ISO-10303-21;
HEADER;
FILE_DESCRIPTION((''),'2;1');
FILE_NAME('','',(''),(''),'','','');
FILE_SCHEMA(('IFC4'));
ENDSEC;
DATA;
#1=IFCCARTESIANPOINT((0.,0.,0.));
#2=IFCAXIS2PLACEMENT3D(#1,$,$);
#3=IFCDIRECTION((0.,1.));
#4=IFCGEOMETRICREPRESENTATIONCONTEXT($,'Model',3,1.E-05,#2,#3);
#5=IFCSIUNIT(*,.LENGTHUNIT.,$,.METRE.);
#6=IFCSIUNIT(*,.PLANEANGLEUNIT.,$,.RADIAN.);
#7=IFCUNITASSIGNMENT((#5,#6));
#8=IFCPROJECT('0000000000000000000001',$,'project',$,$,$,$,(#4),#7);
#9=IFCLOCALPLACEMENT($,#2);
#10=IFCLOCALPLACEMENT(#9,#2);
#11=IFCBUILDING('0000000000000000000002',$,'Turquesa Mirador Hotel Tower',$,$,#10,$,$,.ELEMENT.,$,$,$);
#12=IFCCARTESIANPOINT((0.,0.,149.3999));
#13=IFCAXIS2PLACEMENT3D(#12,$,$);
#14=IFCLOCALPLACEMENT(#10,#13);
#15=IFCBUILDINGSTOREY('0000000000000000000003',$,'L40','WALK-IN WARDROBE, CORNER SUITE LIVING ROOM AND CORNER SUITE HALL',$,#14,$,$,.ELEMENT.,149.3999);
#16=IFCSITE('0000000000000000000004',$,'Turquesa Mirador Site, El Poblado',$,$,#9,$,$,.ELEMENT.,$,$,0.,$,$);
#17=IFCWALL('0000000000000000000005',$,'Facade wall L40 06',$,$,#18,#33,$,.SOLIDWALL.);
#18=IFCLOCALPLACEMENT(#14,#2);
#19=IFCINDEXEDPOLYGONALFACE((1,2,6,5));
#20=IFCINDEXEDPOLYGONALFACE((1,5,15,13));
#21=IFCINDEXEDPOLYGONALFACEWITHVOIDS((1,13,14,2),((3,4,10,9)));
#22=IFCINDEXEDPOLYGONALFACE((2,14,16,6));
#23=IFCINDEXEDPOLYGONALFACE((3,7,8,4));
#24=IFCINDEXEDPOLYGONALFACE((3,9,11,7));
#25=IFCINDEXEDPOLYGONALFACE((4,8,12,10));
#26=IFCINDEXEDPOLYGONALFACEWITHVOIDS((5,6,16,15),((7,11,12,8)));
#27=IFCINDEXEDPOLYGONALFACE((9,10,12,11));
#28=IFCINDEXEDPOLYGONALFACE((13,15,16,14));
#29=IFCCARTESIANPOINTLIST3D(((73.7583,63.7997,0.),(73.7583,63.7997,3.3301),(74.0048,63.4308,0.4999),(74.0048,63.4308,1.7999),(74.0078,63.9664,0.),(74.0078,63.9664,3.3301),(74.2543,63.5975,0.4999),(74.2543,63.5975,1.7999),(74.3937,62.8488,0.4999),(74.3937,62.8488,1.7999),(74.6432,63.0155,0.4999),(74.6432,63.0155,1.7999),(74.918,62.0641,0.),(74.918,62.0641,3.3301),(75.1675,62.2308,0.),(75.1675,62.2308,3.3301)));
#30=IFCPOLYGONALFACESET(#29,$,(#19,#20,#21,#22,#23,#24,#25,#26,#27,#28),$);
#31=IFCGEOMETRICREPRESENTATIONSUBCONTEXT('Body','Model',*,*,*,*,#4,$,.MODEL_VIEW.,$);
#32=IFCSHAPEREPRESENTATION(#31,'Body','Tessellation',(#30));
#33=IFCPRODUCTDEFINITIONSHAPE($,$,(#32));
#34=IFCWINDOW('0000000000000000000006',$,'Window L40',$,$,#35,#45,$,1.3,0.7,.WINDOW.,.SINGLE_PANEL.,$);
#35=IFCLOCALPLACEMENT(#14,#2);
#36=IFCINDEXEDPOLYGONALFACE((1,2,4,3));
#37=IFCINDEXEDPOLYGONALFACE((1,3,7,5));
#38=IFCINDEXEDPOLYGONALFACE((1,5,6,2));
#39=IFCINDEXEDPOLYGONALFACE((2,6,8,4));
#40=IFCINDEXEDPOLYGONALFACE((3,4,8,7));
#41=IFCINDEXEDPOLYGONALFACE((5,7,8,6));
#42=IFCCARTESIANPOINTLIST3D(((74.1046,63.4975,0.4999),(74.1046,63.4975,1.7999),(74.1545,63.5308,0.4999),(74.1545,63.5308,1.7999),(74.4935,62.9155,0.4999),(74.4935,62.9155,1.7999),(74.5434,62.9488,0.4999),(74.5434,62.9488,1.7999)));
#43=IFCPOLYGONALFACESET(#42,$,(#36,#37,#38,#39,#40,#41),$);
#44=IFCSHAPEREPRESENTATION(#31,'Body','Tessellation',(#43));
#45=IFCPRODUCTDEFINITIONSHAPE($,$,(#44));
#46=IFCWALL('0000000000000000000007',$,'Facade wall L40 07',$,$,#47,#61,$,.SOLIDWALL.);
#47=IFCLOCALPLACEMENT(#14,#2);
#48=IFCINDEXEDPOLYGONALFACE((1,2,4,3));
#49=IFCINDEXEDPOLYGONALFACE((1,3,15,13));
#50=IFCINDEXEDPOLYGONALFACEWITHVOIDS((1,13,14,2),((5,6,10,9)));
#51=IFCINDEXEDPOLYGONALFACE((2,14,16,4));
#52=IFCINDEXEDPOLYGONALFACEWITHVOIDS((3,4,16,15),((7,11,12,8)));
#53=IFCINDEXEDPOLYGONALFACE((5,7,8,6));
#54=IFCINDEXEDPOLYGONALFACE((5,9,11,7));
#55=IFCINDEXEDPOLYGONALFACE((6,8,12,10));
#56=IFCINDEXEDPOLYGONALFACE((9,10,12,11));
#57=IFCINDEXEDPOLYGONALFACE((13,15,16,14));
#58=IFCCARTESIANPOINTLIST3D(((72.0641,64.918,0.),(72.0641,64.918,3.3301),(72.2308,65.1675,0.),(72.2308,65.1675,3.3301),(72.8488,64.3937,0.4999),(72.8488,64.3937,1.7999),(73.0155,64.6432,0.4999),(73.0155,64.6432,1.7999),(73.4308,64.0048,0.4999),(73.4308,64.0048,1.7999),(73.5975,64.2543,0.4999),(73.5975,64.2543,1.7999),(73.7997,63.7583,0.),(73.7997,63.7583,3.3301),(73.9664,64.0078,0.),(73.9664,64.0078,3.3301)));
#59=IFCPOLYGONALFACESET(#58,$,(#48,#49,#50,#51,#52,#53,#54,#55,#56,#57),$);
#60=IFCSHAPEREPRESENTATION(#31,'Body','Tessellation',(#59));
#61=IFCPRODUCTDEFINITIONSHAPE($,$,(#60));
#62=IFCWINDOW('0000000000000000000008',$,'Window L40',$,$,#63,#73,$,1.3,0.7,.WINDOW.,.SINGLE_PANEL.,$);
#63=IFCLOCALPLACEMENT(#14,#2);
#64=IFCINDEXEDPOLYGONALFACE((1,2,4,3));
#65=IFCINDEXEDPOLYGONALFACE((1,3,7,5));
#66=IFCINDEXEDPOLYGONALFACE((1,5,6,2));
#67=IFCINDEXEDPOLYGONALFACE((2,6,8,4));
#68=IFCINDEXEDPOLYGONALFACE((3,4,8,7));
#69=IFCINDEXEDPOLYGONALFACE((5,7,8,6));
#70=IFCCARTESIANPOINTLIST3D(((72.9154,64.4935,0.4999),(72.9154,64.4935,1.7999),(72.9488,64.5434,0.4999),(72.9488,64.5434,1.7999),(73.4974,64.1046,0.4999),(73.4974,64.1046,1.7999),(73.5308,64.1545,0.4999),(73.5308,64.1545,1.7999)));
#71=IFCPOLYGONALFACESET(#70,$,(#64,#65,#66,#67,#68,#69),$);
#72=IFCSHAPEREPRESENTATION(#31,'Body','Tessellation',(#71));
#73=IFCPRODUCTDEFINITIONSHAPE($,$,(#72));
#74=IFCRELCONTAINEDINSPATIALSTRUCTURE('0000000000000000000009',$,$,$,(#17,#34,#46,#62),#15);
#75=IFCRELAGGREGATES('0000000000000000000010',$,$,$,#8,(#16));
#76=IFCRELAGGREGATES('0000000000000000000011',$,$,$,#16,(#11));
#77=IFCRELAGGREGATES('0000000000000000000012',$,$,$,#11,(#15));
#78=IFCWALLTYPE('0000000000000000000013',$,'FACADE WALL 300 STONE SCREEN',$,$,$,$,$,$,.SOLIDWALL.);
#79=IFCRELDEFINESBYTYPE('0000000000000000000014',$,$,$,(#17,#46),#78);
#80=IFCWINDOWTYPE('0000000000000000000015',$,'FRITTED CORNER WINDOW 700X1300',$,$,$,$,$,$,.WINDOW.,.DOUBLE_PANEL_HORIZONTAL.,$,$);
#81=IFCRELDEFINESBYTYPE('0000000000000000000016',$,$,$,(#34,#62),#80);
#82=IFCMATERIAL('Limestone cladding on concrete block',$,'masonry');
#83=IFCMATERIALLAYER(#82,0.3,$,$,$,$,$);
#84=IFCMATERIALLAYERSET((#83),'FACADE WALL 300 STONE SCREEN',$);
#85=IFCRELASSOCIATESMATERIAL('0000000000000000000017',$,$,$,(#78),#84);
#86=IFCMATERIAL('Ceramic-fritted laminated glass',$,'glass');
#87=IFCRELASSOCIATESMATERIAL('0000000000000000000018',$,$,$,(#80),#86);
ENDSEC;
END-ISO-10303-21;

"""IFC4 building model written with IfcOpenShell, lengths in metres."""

from ifc_helpers import new_model, si_unit, direction, frame, frame_2d, origin, place, context, subcontext, project, spatial, rectangle, extrude, material, layer, layer_set, type_object, element, fill, save


model = new_model("IFC4")

# Units and contexts
model_context = context("Model", 3, precision=1e-05, world=origin(), true_north=direction((0.0, 1.0)))
body_context = subcontext(model_context, "Body", "Model", "MODEL_VIEW")
ifc_project = project(units=[si_unit("LENGTHUNIT", "METRE"), si_unit("PLANEANGLEUNIT", "RADIAN")], contexts=[model_context])

# Site, building, storey
site_placement = place(None, origin())
site = spatial("IfcSite", under=ifc_project, at=site_placement, Name="Turquesa Mirador Site, El Poblado", CompositionType="ELEMENT", RefElevation=0.0)
building_placement = place(site_placement, origin())
building = spatial("IfcBuilding", under=site, at=building_placement, Name="Turquesa Mirador Hotel Tower", CompositionType="ELEMENT")
storey_placement = place(building_placement, frame((0.0, 0.0, 149.3999)))
storey = spatial("IfcBuildingStorey", under=building, at=storey_placement, Name="L40", Description="WALK-IN WARDROBE, CORNER SUITE LIVING ROOM AND CORNER SUITE HALL", CompositionType="ELEMENT", Elevation=149.3999)

# Walls, openings, windows
ifc_material_1 = material(Name="Limestone cladding on concrete block", Category="masonry")
ifc_layer = layer(ifc_material_1, 0.3)
ifc_layer_set = layer_set([ifc_layer], Name="FACADE WALL 300 STONE SCREEN")
wall_type = type_object("IfcWallType", Name="FACADE WALL 300 STONE SCREEN", PredefinedType="SOLIDWALL", material=ifc_layer_set)
wall_1_placement = place(storey_placement, frame((75.0427, 62.1475, 0.0), z_axis=(0.0, 0.0, 1.0), x_axis=(-0.555564, 0.831474, 0.0)))
wall_1 = element("IfcWall", 1, at=wall_1_placement, inside=storey, type_object=wall_type, Name="Facade wall L40 06", PredefinedType="SOLIDWALL", context=body_context, shape_type="SweptSolid", body=[
    extrude(rectangle(XDim=2.0874, YDim=0.3, at=frame_2d((1.0437, 0.0))), origin(), (0.0, 0.0, 1.0), 3.3301),
])
opening_1_placement = place(wall_1_placement, frame((0.9436, 0.0, 0.5)))
opening_1 = element("IfcOpeningElement", 2, at=opening_1_placement, cuts=wall_1, PredefinedType="OPENING", context=body_context, shape_type="SweptSolid", body=[
    extrude(rectangle(XDim=0.7, YDim=1.3, at=frame_2d((0.3501, 0.6499))), frame((0.0, 0.1599, 0.0), z_axis=(0.0, -1.0, 0.0), x_axis=(1.0, 0.0, 0.0)), (0.0, 0.0, 1.0), 0.3201),
])
ifc_material_2 = material(Name="Ceramic-fritted laminated glass", Category="glass")
window_type_1 = type_object("IfcWindowType", Name="FRITTED CORNER WINDOW 700X1300", PartitioningType="DOUBLE_PANEL_HORIZONTAL", PredefinedType="WINDOW", material=ifc_material_2)
window_1_placement = place(opening_1_placement, origin())
window_1 = element("IfcWindow", 3, at=window_1_placement, inside=storey, type_object=window_type_1, Name="Window L40", OverallHeight=1.3, OverallWidth=0.7, PartitioningType="SINGLE_PANEL", PredefinedType="WINDOW", context=body_context, shape_type="SweptSolid", body=[
    extrude(rectangle(XDim=0.7, YDim=1.3, at=frame_2d((0.3501, 0.6499))), frame((0.0, 0.03, 0.0), z_axis=(0.0, -1.0, 0.0), x_axis=(1.0, 0.0, 0.0)), (0.0, 0.0, 1.0), 0.0601),
])
fill(opening_1, window_1)
wall_2_placement = place(storey_placement, frame((73.8831, 63.8831, 0.0), z_axis=(0.0, 0.0, 1.0), x_axis=(-0.831474, 0.555564, 0.0)))
wall_2 = element("IfcWall", 4, at=wall_2_placement, inside=storey, type_object=wall_type, Name="Facade wall L40 07", PredefinedType="SOLIDWALL", context=body_context, shape_type="SweptSolid", body=[
    extrude(rectangle(XDim=2.0874, YDim=0.3, at=frame_2d((1.0437, 0.0))), origin(), (0.0, 0.0, 1.0), 3.3301),
])
opening_2_placement = place(wall_2_placement, frame((0.4436, 0.0, 0.5)))
opening_2 = element("IfcOpeningElement", 5, at=opening_2_placement, cuts=wall_2, PredefinedType="OPENING", context=body_context, shape_type="SweptSolid", body=[
    extrude(rectangle(XDim=0.7, YDim=1.3, at=frame_2d((0.3501, 0.6499))), frame((0.0, 0.1599, 0.0), z_axis=(0.0, -1.0, 0.0), x_axis=(1.0, 0.0, 0.0)), (0.0, 0.0, 1.0), 0.3201),
])
window_2_placement = place(opening_2_placement, origin())
window_2 = element("IfcWindow", 6, at=window_2_placement, inside=storey, type_object=window_type_1, Name="Window L40", OverallHeight=1.3, OverallWidth=0.7, PartitioningType="SINGLE_PANEL", PredefinedType="WINDOW", context=body_context, shape_type="SweptSolid", body=[
    extrude(rectangle(XDim=0.7, YDim=1.3, at=frame_2d((0.3501, 0.6499))), frame((0.0, 0.03, 0.0), z_axis=(0.0, -1.0, 0.0), x_axis=(1.0, 0.0, 0.0)), (0.0, 0.0, 1.0), 0.0601),
])
fill(opening_2, window_2)

save(model, "model.ifc")
